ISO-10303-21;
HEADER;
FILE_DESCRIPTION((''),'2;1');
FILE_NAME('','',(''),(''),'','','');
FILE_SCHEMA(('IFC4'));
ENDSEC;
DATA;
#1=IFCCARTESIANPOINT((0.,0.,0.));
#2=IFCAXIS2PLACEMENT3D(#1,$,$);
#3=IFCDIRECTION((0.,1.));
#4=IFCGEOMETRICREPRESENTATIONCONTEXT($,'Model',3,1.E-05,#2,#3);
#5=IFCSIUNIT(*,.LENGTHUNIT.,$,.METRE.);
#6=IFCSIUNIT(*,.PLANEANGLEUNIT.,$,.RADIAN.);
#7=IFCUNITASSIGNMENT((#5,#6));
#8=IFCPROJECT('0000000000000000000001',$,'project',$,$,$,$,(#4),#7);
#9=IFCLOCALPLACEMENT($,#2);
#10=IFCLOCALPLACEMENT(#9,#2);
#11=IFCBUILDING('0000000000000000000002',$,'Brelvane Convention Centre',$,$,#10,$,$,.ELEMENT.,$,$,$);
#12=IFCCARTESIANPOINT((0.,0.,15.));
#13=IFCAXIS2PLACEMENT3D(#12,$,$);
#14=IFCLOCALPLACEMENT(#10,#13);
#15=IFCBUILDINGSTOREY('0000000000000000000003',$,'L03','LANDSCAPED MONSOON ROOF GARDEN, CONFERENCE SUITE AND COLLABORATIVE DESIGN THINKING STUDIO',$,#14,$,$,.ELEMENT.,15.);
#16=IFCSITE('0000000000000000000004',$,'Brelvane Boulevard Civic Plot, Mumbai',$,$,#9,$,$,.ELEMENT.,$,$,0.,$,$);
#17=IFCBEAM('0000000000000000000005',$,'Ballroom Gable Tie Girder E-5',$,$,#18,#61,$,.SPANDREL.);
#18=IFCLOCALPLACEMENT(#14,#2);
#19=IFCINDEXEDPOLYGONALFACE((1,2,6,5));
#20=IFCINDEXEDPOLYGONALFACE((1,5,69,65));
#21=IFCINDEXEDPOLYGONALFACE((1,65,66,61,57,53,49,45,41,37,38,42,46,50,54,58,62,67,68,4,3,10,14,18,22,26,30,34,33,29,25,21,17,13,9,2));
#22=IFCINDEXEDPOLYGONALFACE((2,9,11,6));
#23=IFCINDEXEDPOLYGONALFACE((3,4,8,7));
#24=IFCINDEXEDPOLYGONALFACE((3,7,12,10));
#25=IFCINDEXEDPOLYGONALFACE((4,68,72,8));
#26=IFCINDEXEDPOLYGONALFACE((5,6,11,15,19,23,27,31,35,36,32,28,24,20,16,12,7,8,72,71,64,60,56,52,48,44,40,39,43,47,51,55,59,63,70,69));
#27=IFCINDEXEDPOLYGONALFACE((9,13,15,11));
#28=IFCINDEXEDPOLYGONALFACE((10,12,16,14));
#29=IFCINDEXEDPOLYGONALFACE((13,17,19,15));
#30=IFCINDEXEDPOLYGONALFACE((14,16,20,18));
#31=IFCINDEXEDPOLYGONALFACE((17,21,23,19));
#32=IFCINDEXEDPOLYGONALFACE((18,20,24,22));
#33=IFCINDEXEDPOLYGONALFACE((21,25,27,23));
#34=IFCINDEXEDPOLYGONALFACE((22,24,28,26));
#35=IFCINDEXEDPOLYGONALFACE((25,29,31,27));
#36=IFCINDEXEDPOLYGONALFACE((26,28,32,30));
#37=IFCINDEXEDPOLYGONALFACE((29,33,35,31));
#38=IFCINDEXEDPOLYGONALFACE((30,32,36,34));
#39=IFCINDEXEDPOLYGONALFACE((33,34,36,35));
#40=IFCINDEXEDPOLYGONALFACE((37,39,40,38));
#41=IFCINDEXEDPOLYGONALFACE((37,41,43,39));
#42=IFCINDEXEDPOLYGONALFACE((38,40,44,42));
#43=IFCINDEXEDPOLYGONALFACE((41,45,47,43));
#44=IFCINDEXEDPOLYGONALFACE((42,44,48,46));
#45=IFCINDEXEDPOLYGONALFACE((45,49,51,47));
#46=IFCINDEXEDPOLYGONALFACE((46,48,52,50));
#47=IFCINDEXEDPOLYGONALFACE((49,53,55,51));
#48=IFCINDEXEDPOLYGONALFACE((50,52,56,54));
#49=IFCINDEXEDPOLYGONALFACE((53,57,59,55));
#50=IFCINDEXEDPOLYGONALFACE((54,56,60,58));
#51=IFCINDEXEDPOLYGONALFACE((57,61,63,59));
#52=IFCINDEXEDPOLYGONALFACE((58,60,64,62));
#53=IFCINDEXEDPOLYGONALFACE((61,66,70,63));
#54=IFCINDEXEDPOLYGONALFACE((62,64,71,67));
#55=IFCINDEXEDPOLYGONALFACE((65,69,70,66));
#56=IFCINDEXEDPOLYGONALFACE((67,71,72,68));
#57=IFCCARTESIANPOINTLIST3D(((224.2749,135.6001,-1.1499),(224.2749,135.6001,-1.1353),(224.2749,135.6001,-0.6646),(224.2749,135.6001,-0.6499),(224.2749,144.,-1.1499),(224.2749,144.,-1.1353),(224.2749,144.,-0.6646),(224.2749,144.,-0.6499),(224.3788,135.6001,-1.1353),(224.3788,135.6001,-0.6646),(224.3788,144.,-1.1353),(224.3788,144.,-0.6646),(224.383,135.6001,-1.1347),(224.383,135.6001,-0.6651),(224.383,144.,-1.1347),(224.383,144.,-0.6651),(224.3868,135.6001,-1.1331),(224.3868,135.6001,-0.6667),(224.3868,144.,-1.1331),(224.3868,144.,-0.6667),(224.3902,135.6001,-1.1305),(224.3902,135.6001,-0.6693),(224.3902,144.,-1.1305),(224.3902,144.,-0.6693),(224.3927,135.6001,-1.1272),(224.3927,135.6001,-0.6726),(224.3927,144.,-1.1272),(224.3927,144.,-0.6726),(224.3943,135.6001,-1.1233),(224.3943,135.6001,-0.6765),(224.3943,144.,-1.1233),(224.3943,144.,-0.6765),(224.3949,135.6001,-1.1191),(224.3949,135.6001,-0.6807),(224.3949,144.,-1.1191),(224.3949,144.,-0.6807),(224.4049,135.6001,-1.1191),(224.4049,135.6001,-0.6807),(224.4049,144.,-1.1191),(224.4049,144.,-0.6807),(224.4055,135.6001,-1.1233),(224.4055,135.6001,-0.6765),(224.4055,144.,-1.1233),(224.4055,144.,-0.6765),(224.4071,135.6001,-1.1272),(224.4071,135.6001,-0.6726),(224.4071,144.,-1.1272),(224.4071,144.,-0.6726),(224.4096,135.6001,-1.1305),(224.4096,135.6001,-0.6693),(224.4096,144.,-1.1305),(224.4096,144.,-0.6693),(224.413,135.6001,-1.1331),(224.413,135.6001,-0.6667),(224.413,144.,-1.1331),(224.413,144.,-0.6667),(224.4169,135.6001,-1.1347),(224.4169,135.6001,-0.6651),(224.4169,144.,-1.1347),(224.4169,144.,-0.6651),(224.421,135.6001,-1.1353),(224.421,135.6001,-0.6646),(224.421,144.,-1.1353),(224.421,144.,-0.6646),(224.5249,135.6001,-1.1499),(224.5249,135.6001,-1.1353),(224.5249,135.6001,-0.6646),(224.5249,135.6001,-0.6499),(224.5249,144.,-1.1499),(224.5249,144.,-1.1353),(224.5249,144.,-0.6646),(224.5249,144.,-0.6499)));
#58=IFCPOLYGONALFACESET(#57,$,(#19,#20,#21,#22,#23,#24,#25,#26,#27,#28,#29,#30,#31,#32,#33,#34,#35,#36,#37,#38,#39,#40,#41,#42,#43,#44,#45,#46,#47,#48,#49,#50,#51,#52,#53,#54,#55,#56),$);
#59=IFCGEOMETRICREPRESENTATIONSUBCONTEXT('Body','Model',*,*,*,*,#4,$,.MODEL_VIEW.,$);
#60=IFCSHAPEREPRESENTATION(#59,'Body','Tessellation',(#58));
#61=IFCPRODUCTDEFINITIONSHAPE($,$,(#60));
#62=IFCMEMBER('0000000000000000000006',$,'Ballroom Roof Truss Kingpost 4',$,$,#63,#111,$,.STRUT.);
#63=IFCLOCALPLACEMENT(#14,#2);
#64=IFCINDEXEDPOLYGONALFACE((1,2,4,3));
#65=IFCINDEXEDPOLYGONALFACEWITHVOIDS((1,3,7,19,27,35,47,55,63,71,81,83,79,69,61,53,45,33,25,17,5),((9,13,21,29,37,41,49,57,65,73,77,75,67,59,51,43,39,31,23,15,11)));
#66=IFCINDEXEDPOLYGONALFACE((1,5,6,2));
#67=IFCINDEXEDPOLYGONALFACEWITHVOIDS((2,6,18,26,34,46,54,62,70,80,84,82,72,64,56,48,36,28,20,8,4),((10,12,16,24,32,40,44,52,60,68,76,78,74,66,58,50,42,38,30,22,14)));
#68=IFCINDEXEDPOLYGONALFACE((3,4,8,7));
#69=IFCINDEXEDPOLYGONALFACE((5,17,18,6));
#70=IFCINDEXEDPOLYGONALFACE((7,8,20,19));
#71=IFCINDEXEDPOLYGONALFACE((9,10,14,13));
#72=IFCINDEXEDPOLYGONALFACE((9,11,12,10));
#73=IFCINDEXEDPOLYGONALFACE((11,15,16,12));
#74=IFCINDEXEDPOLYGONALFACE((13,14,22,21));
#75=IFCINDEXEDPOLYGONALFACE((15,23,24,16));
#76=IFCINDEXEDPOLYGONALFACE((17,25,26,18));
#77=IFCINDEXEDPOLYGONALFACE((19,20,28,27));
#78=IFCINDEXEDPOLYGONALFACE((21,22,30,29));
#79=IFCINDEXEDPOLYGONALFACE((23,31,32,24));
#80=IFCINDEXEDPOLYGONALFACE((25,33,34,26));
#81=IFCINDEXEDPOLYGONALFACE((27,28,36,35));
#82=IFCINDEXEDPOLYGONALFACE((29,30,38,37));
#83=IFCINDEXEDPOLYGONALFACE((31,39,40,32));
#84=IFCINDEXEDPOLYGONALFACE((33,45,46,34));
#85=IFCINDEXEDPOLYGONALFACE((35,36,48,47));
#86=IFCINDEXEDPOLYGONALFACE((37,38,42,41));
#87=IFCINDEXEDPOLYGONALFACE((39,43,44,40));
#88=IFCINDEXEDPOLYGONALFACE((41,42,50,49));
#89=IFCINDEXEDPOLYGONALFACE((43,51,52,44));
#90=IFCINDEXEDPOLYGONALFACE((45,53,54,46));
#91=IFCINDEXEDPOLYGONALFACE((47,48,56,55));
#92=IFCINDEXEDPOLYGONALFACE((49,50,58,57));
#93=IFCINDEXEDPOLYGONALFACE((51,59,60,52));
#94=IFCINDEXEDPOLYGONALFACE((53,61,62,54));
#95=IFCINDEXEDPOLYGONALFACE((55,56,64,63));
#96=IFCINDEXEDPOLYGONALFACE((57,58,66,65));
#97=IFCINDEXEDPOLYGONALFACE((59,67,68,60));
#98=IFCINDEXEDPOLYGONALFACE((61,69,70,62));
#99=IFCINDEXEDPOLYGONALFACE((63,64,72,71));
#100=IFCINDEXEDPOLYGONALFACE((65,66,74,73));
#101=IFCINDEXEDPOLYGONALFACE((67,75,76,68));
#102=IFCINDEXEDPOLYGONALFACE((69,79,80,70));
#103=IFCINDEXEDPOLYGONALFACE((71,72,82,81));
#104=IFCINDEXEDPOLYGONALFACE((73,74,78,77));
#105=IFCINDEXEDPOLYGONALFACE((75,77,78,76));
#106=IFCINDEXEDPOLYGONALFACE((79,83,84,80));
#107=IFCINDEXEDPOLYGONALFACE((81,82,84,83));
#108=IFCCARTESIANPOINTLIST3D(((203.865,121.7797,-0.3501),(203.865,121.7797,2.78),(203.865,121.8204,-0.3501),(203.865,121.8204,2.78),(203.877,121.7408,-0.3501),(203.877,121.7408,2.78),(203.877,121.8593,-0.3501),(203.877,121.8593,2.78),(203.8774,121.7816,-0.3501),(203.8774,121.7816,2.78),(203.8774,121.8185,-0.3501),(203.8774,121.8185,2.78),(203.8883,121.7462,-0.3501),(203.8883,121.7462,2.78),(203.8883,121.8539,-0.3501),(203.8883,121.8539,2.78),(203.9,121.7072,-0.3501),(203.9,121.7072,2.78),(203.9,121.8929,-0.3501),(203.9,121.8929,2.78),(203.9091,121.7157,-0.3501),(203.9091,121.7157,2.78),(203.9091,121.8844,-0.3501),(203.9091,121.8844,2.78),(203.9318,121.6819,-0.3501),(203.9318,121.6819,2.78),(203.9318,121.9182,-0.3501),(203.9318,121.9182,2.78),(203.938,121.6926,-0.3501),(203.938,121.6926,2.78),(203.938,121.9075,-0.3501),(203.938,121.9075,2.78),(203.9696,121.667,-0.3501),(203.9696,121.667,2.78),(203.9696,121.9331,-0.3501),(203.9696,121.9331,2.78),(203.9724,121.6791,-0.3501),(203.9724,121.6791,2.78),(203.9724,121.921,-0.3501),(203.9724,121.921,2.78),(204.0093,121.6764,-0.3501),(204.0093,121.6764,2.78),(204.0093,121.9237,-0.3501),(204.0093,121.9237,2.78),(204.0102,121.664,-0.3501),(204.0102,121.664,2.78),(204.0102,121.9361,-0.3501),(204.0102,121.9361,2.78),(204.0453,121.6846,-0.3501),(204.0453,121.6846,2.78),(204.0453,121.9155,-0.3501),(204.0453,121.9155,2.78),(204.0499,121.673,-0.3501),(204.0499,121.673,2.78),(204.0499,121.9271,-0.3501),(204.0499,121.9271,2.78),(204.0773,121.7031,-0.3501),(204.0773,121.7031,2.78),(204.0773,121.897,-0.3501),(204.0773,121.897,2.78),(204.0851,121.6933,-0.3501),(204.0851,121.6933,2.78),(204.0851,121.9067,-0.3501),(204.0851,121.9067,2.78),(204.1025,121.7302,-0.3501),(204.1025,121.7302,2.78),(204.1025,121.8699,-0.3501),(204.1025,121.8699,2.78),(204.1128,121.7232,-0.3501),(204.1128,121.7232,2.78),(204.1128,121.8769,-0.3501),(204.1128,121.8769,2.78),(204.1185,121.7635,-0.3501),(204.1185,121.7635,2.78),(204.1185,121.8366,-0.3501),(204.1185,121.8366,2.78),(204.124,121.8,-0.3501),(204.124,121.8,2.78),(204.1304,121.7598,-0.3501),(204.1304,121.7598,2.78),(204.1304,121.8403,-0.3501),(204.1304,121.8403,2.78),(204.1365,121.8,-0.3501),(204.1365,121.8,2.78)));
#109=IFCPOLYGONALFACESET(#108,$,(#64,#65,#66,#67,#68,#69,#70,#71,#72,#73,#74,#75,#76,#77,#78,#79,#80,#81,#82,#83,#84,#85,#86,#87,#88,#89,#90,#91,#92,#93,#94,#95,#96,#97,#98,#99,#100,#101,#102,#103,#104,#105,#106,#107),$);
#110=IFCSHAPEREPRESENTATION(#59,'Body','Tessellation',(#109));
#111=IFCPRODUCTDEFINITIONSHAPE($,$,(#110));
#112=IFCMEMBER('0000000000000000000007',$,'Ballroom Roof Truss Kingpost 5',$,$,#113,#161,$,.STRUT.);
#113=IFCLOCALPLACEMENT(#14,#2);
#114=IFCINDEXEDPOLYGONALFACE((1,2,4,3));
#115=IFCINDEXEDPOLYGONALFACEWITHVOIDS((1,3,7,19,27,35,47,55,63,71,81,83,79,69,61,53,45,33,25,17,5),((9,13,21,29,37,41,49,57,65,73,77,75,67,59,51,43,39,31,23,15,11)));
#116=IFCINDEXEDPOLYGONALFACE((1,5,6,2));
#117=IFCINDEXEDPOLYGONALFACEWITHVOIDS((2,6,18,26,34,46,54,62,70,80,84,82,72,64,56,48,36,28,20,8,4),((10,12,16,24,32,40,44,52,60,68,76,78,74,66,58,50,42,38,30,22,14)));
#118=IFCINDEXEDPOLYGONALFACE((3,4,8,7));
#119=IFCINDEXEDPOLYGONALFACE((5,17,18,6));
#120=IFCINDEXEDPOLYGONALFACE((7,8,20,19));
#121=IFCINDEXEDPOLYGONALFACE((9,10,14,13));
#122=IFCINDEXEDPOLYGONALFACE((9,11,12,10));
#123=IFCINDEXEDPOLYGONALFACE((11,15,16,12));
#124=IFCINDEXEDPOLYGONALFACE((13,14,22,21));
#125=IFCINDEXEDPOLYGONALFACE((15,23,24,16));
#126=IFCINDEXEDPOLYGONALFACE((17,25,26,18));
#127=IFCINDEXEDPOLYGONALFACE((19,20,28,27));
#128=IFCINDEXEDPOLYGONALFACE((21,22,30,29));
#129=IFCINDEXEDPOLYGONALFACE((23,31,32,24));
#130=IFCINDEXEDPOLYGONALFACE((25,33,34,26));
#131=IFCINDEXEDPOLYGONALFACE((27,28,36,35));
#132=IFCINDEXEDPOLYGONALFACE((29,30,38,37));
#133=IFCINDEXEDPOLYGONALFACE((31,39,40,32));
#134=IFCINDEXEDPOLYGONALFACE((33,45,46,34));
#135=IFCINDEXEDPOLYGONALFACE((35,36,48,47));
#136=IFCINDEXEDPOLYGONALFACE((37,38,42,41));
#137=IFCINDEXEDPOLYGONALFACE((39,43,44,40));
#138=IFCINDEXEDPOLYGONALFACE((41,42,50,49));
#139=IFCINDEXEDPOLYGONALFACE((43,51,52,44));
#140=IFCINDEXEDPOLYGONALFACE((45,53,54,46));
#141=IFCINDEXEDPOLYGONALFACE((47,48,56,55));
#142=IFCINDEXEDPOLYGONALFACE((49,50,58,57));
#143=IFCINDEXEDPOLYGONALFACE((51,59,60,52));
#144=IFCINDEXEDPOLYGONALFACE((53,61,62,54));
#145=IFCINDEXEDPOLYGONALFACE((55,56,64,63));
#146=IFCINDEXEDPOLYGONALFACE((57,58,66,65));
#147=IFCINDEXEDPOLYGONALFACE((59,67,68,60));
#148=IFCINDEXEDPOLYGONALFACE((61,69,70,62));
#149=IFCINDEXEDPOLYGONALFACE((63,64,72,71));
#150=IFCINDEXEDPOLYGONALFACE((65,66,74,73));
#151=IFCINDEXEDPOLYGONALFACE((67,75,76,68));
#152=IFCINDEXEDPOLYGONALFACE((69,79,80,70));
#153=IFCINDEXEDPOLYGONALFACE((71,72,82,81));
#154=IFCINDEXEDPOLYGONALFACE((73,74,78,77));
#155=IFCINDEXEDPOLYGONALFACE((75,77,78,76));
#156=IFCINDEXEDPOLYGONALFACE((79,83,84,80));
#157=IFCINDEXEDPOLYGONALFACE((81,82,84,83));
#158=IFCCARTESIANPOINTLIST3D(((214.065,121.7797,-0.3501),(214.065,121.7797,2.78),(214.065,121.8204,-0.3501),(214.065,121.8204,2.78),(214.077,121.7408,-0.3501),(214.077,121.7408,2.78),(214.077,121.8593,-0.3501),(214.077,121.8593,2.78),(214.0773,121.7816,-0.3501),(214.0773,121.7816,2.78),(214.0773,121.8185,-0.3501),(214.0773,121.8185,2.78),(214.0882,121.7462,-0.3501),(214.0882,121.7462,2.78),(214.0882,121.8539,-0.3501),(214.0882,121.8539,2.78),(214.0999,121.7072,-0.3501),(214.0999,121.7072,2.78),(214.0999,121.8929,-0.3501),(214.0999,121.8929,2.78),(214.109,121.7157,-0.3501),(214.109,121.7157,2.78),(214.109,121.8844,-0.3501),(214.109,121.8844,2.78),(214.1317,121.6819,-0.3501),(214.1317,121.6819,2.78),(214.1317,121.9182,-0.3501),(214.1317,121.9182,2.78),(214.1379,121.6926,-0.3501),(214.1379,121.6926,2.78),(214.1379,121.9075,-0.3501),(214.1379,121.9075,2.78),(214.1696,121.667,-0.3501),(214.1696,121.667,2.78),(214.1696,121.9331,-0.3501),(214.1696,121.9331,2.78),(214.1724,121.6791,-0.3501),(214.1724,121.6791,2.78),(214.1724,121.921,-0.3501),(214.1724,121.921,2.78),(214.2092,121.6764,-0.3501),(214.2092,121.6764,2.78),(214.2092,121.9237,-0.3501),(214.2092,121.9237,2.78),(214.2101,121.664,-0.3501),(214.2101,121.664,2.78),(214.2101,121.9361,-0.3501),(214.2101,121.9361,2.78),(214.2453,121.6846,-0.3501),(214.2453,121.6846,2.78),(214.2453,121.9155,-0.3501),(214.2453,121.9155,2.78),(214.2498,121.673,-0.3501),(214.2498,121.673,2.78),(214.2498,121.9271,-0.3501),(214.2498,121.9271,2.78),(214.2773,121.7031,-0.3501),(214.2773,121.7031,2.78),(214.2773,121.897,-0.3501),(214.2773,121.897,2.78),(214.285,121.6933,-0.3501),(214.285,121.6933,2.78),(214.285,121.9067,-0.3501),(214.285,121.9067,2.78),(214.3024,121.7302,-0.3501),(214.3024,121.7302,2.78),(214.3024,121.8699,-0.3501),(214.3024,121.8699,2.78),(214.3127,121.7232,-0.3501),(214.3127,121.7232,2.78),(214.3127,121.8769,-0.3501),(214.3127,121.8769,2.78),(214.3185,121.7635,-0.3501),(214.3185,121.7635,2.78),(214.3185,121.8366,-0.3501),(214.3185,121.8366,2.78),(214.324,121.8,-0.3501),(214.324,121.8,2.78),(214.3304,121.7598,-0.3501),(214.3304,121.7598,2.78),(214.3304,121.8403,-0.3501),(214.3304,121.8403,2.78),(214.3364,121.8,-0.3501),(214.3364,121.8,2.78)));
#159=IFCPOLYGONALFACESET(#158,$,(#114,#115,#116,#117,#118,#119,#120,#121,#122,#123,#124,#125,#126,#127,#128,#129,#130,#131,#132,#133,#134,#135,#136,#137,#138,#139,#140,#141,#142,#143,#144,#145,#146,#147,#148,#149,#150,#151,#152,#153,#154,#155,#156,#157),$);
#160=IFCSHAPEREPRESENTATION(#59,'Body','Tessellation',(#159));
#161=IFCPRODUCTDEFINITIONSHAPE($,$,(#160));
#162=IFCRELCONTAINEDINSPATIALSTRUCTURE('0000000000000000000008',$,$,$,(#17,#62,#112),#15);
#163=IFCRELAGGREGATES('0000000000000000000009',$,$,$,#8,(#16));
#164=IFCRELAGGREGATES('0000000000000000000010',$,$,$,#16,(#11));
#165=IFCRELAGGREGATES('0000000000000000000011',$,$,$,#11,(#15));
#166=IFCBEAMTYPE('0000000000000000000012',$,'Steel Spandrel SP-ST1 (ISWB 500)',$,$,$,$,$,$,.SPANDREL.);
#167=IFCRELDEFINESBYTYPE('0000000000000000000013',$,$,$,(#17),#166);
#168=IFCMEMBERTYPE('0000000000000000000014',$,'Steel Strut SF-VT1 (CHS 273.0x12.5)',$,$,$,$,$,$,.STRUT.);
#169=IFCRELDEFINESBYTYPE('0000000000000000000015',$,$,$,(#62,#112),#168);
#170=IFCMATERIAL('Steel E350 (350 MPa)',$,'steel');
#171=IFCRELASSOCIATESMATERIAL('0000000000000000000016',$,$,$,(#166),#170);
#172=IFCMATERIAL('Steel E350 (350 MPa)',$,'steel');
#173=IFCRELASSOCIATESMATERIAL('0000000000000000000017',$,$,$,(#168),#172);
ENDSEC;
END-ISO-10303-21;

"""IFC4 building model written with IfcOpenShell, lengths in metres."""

from ifc_helpers import new_model, si_unit, direction, frame, origin, origin_2d, place, context, subcontext, project, spatial, hollow_circle, i_section, extrude, material, material_profile, profile_set, type_object, element, save


model = new_model("IFC4")

# Units and contexts
model_context = context("Model", 3, precision=1e-05, world=origin(), true_north=direction((0.0, 1.0)))
body_context = subcontext(model_context, "Body", "Model", "MODEL_VIEW")
ifc_project = project(units=[si_unit("LENGTHUNIT", "METRE"), si_unit("PLANEANGLEUNIT", "RADIAN")], contexts=[model_context])

# Site, building, storey
site_placement = place(None, origin())
site = spatial("IfcSite", under=ifc_project, at=site_placement, Name="Brelvane Boulevard Civic Plot, Mumbai", CompositionType="ELEMENT", RefElevation=0.0)
building_placement = place(site_placement, origin())
building = spatial("IfcBuilding", under=site, at=building_placement, Name="Brelvane Convention Centre", CompositionType="ELEMENT")
storey_placement = place(building_placement, frame((0.0, 0.0, 15.0)))
storey = spatial("IfcBuildingStorey", under=building, at=storey_placement, Name="L03", Description="LANDSCAPED MONSOON ROOF GARDEN, CONFERENCE SUITE AND COLLABORATIVE DESIGN THINKING STUDIO", CompositionType="ELEMENT", Elevation=15.0)

# Beam
ifc_material_1 = material(Name="Steel E350 (350 MPa)", Category="steel")
ifc_material_profile_1 = material_profile(ifc_material_1, i_section(OverallWidth=0.25, OverallDepth=0.5, WebThickness=0.01, FlangeThickness=0.0146, FilletRadius=0.0161, at=origin_2d()), Name="ISWB 500")
ifc_profile_set_1 = profile_set([ifc_material_profile_1], Name="Steel E350 (350 MPa)")
beam_type = type_object("IfcBeamType", Name="Steel Spandrel SP-ST1 (ISWB 500)", PredefinedType="SPANDREL", material=ifc_profile_set_1)
beam_1_placement = place(storey_placement, frame((224.3999, 135.6001, -0.8999), z_axis=(0.0, 1.0, 0.0), x_axis=(-1.0, 0.0, 0.0)))
element("IfcBeam", 1, at=beam_1_placement, inside=storey, type_object=beam_type, Name="Ballroom Gable Tie Girder E-5", PredefinedType="SPANDREL", context=body_context, shape_type="SweptSolid", body=[
    extrude(i_section(OverallWidth=0.25, OverallDepth=0.5, WebThickness=0.01, FlangeThickness=0.0146, FilletRadius=0.0161, at=origin_2d()), origin(), (0.0, 0.0, 1.0), 8.3999),
])

# Members
ifc_material_2 = material(Name="Steel E350 (350 MPa)", Category="steel")
ifc_material_profile_2 = material_profile(ifc_material_2, hollow_circle(Radius=0.1365, WallThickness=0.0125, at=origin_2d()), Name="CHS 273.0x12.5")
ifc_profile_set_2 = profile_set([ifc_material_profile_2], Name="Steel E350 (350 MPa)")
member_type_1 = type_object("IfcMemberType", Name="Steel Strut SF-VT1 (CHS 273.0x12.5)", PredefinedType="STRUT", material=ifc_profile_set_2)
for number, where, z_axis, x_axis, name in (
    (2, (204.0, 121.8, -0.3501), (0.0, 0.0, 1.0), (1.0, 0.0, 0.0), "Ballroom Roof Truss Kingpost 4"),
    (3, (214.2, 121.8, -0.3501), (0.0, 0.0, 1.0), (1.0, 0.0, 0.0), "Ballroom Roof Truss Kingpost 5"),
):
    element("IfcMember", number, at=place(storey_placement, frame(where, z_axis=z_axis, x_axis=x_axis)), inside=storey, type_object=member_type_1, Name=name, PredefinedType="STRUT", context=body_context, shape_type="SweptSolid", body=[
        extrude(hollow_circle(Radius=0.1365, WallThickness=0.0125, at=origin_2d()), origin(), (0.0, 0.0, 1.0), 3.1301),
    ])

save(model, "model.ifc")
